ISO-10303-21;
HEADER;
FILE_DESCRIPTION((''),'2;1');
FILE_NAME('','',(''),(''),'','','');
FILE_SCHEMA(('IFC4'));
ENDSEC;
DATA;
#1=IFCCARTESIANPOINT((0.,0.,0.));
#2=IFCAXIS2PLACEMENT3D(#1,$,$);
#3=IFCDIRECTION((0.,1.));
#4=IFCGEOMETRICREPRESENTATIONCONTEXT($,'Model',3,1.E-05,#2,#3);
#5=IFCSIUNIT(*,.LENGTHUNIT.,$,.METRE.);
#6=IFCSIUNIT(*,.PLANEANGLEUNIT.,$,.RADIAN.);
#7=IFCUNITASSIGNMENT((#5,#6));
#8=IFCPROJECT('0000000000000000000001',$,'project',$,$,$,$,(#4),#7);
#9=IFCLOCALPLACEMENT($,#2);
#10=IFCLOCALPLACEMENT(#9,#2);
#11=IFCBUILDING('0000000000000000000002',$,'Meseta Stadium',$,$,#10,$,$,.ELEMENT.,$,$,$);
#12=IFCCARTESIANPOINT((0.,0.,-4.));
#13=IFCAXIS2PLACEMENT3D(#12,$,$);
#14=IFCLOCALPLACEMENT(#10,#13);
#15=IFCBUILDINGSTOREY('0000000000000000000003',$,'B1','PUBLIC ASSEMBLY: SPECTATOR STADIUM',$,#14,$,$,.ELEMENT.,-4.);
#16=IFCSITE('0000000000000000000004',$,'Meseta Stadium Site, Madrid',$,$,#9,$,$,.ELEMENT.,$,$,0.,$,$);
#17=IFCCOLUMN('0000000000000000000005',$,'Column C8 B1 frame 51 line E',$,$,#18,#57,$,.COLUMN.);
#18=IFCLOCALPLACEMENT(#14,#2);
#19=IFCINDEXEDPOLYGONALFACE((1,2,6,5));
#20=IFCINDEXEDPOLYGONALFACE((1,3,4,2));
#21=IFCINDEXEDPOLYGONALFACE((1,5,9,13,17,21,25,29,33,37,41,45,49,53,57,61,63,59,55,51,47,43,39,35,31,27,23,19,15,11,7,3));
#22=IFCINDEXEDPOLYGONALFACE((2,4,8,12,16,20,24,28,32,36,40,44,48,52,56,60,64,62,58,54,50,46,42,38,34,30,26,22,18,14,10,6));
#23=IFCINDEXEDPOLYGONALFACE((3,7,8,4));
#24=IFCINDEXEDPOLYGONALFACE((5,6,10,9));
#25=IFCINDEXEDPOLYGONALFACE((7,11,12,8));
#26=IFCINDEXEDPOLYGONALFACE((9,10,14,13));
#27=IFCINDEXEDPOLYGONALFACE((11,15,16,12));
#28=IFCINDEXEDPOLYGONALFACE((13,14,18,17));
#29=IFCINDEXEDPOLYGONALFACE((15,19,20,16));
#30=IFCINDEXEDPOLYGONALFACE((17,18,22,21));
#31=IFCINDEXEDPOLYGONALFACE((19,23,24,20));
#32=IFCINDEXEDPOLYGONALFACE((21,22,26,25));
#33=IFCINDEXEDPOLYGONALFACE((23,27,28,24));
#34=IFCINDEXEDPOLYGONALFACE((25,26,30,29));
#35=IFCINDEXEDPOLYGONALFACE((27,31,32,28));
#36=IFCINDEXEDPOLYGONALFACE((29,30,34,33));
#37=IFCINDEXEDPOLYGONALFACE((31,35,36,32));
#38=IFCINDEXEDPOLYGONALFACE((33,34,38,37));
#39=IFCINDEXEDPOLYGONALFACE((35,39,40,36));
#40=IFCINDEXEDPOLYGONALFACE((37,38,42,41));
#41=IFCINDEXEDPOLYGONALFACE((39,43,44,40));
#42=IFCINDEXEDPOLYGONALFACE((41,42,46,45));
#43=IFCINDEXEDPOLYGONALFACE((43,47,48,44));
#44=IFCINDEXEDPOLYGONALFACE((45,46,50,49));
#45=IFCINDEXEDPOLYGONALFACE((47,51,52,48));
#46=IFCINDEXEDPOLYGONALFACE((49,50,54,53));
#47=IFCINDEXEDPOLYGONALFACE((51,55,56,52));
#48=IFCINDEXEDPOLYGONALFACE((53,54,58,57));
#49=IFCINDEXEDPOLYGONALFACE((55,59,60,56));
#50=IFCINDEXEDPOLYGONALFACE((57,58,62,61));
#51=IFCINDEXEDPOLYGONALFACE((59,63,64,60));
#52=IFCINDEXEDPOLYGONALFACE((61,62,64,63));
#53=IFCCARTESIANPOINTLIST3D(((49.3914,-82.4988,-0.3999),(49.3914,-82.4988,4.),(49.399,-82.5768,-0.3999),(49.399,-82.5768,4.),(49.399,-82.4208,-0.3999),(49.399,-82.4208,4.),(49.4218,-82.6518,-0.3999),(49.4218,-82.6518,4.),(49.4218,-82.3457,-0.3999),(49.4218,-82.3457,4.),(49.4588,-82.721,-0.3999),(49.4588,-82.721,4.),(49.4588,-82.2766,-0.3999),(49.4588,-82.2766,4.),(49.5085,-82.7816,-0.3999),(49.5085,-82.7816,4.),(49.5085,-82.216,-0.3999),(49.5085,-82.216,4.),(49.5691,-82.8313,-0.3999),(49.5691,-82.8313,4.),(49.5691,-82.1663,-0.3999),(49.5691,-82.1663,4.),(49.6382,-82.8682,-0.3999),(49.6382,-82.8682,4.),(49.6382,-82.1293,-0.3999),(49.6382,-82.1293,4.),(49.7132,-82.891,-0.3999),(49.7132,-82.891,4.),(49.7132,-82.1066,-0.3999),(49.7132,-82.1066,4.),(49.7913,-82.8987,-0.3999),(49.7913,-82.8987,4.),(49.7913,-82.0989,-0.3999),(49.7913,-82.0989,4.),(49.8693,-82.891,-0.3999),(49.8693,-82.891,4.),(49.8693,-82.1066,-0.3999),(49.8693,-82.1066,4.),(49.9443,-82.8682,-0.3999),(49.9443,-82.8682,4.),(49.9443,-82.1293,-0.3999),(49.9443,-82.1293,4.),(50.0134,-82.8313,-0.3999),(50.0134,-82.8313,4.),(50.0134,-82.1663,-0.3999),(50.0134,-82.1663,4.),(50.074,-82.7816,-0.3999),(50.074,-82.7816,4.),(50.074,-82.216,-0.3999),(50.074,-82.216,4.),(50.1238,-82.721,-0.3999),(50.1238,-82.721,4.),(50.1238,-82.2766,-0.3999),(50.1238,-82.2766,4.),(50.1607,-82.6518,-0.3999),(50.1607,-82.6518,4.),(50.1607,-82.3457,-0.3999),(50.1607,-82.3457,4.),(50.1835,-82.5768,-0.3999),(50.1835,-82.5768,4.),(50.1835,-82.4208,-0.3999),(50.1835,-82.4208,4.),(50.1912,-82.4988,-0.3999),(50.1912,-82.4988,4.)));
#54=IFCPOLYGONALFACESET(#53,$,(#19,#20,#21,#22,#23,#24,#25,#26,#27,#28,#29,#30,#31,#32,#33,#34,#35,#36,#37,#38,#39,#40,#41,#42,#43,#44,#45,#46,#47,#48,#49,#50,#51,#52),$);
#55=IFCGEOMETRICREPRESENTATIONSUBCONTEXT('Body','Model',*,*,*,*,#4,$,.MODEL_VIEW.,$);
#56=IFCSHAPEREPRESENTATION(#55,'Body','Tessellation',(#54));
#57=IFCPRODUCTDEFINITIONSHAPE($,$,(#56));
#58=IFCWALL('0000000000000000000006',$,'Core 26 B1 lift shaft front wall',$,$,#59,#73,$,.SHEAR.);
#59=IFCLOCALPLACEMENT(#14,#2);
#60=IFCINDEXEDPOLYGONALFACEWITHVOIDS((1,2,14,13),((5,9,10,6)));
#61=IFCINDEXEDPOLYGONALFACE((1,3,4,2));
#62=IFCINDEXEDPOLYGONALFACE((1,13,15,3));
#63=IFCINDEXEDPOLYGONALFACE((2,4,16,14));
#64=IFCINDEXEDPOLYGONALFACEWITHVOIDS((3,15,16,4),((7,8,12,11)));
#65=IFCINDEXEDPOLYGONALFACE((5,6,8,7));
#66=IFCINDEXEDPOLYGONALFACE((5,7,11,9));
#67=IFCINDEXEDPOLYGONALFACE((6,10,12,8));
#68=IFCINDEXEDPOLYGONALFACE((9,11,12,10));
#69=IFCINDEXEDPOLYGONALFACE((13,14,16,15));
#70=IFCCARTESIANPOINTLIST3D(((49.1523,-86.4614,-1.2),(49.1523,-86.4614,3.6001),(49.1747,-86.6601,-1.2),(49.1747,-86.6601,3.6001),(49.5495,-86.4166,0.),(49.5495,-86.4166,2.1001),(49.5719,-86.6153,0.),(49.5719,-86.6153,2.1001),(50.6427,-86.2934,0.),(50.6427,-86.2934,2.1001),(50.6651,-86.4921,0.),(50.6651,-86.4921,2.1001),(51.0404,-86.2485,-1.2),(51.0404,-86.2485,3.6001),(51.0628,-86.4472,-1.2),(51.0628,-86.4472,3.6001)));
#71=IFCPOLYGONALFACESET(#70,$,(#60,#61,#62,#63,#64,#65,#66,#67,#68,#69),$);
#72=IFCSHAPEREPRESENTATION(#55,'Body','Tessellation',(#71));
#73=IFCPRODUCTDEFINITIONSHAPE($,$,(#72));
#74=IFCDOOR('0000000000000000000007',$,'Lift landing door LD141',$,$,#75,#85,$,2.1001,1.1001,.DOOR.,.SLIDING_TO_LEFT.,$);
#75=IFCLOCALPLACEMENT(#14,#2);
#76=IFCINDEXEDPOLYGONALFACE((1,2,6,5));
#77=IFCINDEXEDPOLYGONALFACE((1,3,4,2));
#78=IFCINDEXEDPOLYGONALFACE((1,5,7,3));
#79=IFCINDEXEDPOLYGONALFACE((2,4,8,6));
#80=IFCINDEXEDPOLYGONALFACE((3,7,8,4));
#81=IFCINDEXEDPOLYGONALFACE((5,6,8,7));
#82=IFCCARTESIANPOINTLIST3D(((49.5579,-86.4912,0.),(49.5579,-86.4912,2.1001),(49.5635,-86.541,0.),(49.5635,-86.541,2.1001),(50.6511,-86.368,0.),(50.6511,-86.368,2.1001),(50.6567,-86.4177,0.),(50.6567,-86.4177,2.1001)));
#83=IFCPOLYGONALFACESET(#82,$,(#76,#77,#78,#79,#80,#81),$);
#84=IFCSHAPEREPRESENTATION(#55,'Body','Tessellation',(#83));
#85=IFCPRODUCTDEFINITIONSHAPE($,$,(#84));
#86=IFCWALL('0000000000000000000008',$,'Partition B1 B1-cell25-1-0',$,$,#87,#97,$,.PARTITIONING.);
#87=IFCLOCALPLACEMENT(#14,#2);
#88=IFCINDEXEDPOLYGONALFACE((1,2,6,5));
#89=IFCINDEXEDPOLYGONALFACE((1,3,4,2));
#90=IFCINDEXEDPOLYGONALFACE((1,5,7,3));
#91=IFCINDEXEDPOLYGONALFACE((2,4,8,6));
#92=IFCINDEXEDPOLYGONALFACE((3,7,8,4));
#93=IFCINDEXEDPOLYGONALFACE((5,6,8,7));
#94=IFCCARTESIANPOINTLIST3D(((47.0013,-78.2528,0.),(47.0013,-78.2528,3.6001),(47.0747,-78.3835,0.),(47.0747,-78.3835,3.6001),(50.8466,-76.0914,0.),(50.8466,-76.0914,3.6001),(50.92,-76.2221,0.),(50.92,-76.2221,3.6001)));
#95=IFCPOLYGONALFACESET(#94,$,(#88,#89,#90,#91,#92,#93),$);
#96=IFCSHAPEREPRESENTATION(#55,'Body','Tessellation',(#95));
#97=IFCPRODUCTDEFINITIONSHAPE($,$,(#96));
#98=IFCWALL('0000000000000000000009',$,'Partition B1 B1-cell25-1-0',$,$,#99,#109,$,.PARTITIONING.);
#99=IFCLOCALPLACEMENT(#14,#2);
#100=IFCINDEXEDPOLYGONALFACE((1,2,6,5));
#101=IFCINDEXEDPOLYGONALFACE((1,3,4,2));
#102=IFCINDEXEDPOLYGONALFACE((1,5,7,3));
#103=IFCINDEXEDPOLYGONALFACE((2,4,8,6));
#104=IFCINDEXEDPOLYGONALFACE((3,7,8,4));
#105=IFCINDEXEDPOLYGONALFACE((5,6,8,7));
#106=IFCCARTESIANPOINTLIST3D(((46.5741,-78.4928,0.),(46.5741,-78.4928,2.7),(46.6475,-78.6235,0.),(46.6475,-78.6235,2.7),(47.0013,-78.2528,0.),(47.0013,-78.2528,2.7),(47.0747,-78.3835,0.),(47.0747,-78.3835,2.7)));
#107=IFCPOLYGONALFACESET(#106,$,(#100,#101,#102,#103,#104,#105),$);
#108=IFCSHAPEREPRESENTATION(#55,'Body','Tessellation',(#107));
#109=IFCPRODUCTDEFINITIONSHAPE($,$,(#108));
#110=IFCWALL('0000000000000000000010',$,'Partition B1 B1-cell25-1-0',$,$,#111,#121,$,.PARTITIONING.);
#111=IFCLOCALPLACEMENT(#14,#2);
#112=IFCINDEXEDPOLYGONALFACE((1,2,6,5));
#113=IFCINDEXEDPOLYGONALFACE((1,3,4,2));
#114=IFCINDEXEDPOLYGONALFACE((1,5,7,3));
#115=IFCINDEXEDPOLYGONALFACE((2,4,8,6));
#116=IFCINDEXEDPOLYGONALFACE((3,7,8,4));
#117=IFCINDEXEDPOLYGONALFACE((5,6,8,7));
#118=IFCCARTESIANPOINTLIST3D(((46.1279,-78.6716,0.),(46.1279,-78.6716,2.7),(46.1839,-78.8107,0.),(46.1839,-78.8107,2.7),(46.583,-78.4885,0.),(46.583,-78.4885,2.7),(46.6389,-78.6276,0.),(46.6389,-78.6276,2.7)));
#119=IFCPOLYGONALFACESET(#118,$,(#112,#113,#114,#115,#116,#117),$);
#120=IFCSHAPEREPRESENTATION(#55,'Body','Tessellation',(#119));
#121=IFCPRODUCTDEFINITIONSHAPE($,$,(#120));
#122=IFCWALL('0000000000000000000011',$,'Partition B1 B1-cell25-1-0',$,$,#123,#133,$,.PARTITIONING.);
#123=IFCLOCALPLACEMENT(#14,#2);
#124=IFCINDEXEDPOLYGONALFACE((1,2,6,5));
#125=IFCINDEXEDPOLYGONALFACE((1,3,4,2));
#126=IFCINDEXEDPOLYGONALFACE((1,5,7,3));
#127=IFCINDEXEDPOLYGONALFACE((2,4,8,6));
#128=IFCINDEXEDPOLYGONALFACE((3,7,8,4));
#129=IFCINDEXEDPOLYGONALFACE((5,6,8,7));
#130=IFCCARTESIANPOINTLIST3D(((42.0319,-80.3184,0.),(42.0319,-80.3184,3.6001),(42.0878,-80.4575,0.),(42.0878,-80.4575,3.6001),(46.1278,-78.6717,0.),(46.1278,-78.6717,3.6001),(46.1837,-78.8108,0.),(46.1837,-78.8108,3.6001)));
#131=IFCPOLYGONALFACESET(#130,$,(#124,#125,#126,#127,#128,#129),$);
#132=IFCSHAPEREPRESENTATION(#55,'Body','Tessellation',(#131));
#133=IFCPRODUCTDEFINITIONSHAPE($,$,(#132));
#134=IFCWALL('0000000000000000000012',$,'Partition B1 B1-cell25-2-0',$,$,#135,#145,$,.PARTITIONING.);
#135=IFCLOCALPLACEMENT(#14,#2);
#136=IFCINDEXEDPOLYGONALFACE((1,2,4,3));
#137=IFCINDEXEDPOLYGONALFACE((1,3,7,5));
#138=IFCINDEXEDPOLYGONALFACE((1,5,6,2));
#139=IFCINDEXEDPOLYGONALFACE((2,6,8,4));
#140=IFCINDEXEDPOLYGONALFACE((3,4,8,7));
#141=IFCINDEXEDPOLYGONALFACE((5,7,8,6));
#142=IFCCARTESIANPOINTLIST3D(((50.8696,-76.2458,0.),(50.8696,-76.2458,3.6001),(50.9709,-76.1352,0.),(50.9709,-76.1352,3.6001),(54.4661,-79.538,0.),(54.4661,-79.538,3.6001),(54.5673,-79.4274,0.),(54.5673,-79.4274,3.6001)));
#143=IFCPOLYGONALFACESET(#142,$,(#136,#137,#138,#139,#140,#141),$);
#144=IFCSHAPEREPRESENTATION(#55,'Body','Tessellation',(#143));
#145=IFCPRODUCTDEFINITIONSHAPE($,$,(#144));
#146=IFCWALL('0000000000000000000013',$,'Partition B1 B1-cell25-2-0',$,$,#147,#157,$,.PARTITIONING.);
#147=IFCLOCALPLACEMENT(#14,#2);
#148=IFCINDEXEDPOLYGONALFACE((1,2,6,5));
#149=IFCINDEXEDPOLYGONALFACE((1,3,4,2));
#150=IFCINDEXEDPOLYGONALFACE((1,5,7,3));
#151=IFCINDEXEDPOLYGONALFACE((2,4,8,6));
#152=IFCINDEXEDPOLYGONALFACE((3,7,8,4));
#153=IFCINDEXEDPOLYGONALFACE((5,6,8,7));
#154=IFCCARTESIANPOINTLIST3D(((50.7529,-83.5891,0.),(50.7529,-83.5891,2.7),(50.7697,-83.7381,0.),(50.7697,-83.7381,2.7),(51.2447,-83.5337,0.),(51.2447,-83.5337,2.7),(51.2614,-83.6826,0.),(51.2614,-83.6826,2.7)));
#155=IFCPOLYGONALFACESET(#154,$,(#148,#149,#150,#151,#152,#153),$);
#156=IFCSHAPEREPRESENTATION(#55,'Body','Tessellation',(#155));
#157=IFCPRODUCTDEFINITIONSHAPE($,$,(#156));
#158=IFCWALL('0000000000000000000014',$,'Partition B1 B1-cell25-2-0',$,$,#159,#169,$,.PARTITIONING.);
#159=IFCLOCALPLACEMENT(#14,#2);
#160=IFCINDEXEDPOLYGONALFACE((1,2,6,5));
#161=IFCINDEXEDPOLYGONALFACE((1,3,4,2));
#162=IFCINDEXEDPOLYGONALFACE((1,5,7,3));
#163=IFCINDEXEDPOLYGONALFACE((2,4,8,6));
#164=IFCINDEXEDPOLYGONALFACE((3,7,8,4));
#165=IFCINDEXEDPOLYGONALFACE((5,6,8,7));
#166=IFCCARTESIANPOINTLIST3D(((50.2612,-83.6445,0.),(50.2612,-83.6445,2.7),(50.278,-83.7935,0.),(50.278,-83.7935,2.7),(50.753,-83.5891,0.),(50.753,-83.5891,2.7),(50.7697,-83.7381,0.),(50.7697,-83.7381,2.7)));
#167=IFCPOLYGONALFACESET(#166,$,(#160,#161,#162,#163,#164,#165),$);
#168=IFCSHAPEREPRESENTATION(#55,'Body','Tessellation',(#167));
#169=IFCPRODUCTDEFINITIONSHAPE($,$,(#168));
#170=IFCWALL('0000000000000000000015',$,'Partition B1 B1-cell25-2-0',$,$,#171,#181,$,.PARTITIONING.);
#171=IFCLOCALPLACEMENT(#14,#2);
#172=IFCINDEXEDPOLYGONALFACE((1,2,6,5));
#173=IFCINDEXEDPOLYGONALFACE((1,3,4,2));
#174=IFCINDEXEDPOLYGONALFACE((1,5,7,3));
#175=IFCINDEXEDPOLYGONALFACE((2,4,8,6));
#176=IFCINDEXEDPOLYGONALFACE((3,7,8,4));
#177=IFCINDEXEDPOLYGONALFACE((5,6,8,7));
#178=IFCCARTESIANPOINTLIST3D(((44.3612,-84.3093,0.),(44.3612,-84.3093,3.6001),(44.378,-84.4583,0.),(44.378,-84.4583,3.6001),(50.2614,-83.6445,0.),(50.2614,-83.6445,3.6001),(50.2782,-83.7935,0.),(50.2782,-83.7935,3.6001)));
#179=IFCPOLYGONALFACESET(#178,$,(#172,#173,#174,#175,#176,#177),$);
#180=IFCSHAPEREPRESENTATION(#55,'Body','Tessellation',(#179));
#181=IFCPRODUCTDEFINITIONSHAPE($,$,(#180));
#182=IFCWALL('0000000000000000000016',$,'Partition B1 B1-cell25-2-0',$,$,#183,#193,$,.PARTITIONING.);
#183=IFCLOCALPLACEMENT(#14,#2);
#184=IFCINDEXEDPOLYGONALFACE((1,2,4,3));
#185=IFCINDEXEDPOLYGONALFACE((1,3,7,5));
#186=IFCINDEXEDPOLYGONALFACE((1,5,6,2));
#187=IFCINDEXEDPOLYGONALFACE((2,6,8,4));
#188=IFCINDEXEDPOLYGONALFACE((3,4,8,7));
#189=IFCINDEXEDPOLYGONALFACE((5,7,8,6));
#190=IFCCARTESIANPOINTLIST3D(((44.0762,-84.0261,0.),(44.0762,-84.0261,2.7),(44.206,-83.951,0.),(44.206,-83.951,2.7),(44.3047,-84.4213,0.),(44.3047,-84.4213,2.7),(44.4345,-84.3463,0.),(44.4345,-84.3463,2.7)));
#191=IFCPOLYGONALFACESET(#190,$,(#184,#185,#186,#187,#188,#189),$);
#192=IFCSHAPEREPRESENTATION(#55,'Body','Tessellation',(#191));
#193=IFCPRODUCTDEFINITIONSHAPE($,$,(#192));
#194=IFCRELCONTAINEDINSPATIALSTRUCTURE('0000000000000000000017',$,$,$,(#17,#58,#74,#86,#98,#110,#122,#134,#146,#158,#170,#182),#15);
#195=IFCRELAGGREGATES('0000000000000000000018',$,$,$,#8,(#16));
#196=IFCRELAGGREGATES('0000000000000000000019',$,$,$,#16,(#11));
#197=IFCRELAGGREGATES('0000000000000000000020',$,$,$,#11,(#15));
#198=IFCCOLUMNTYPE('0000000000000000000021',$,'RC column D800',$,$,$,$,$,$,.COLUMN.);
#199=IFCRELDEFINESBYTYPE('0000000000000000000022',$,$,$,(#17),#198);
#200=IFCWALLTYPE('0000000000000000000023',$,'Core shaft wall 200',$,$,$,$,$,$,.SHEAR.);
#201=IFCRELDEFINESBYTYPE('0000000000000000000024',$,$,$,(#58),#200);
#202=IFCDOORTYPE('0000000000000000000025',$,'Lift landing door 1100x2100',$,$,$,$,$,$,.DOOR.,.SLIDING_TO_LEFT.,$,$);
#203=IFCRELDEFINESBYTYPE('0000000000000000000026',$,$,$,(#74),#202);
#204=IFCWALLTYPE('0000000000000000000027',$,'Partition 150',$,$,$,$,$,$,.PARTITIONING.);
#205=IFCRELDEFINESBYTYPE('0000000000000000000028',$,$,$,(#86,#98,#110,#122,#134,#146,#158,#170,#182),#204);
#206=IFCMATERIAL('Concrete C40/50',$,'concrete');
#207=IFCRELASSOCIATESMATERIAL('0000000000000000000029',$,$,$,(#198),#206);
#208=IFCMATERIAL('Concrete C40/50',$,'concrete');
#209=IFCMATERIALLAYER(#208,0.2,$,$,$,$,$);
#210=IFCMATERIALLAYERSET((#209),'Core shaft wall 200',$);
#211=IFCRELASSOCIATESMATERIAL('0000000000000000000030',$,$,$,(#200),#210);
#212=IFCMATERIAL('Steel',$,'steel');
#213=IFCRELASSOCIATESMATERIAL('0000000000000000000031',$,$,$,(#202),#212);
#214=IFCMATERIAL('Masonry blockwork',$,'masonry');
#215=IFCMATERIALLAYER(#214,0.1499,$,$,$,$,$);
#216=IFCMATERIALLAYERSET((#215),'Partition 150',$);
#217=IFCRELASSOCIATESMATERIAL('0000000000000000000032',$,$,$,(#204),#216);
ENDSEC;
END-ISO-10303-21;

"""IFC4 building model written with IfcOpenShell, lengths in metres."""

from ifc_helpers import new_model, si_unit, direction, frame, frame_2d, origin, origin_2d, place, context, subcontext, project, spatial, rectangle, circle, extrude, material, layer, layer_set, material_profile, profile_set, type_object, element, fill, save


model = new_model("IFC4")

# Units and contexts
model_context = context("Model", 3, precision=1e-05, world=origin(), true_north=direction((0.0, 1.0)))
body_context = subcontext(model_context, "Body", "Model", "MODEL_VIEW")
ifc_project = project(units=[si_unit("LENGTHUNIT", "METRE"), si_unit("PLANEANGLEUNIT", "RADIAN")], contexts=[model_context])

# Site, building, storey
site_placement = place(None, origin())
site = spatial("IfcSite", under=ifc_project, at=site_placement, Name="Meseta Stadium Site, Madrid", CompositionType="ELEMENT", RefElevation=0.0)
building_placement = place(site_placement, origin())
building = spatial("IfcBuilding", under=site, at=building_placement, Name="Meseta Stadium", CompositionType="ELEMENT")
storey_placement = place(building_placement, frame((0.0, 0.0, -4.0)))
storey = spatial("IfcBuildingStorey", under=building, at=storey_placement, Name="B1", Description="PUBLIC ASSEMBLY: SPECTATOR STADIUM", CompositionType="ELEMENT", Elevation=-4.0)

# Column
ifc_material_1 = material(Name="Concrete C40/50", Category="concrete")
ifc_material_profile = material_profile(ifc_material_1, circle(Radius=0.3999, at=origin_2d()), Name="RC D800")
ifc_profile_set = profile_set([ifc_material_profile], Name="Concrete C40/50")
column_type = type_object("IfcColumnType", Name="RC column D800", PredefinedType="COLUMN", material=ifc_profile_set)
column_placement = place(storey_placement, frame((49.7913, -82.4988, -0.3999), z_axis=(0.0, 0.0, 1.0), x_axis=(1.0, 0.0, 0.0)))
element("IfcColumn", 1, at=column_placement, inside=storey, type_object=column_type, Name="Column C8 B1 frame 51 line E", PredefinedType="COLUMN", context=body_context, shape_type="SweptSolid", body=[
    extrude(circle(Radius=0.3999, at=origin_2d()), origin(), (0.0, 0.0, 1.0), 4.3999),
])

# Wall, opening, door
ifc_material_2 = material(Name="Concrete C40/50", Category="concrete")
ifc_layer_1 = layer(ifc_material_2, 0.2)
ifc_layer_set_1 = layer_set([ifc_layer_1], Name="Core shaft wall 200")
wall_type_1 = type_object("IfcWallType", Name="Core shaft wall 200", PredefinedType="SHEAR", material=ifc_layer_set_1)
wall_1_placement = place(storey_placement, frame((49.1633, -86.5608, -1.2), z_axis=(0.0, 0.0, 1.0), x_axis=(0.993704, 0.112039, 0.0)))
wall_1 = element("IfcWall", 2, at=wall_1_placement, inside=storey, type_object=wall_type_1, Name="Core 26 B1 lift shaft front wall", PredefinedType="SHEAR", context=body_context, shape_type="SweptSolid", body=[
    extrude(rectangle(XDim=1.9001, YDim=0.2, at=frame_2d((0.9502, 0.0))), origin(), (0.0, 0.0, 1.0), 4.8),
])
opening_placement = place(wall_1_placement, frame((0.3999, 0.0, 1.2)))
opening = element("IfcOpeningElement", 3, at=opening_placement, cuts=wall_1, PredefinedType="OPENING", context=body_context, shape_type="SweptSolid", body=[
    extrude(rectangle(XDim=1.1001, YDim=2.1001, at=frame_2d((0.55, 1.05))), frame((0.0, 0.1099, 0.0), z_axis=(0.0, -1.0, 0.0), x_axis=(1.0, 0.0, 0.0)), (0.0, 0.0, 1.0), 0.22),
])
ifc_material_3 = material(Name="Steel", Category="steel")
door_type = type_object("IfcDoorType", Name="Lift landing door 1100x2100", OperationType="SLIDING_TO_LEFT", PredefinedType="DOOR", material=ifc_material_3)
door_placement = place(opening_placement, origin())
door = element("IfcDoor", 4, at=door_placement, inside=storey, type_object=door_type, Name="Lift landing door LD141", OperationType="SLIDING_TO_LEFT", OverallHeight=2.1001, OverallWidth=1.1001, PredefinedType="DOOR", context=body_context, shape_type="SweptSolid", body=[
    extrude(rectangle(XDim=1.1001, YDim=2.1001, at=frame_2d((0.55, 1.05))), frame((0.0, 0.0249, 0.0), z_axis=(0.0, -1.0, 0.0), x_axis=(1.0, 0.0, 0.0)), (0.0, 0.0, 1.0), 0.05),
])
fill(opening, door)

# Walls
ifc_material_4 = material(Name="Masonry blockwork", Category="masonry")
ifc_layer_2 = layer(ifc_material_4, 0.1499)
ifc_layer_set_2 = layer_set([ifc_layer_2], Name="Partition 150")
wall_type_2 = type_object("IfcWallType", Name="Partition 150", PredefinedType="PARTITIONING", material=ifc_layer_set_2)
wall_2_placement = place(storey_placement, frame((50.8833, -76.1567, 0.0), z_axis=(0.0, 0.0, 1.0), x_axis=(-0.871726, -0.489993, 0.0)))
element("IfcWall", 5, at=wall_2_placement, inside=storey, type_object=wall_type_2, Name="Partition B1 B1-cell25-1-0", PredefinedType="PARTITIONING", context=body_context, shape_type="SweptSolid", body=[
    extrude(rectangle(XDim=4.4111, YDim=0.1499, at=frame_2d((2.2056, 0.0))), origin(), (0.0, 0.0, 1.0), 3.6001),
])
wall_3_placement = place(storey_placement, frame((47.0381, -78.3181, 0.0), z_axis=(0.0, 0.0, 1.0), x_axis=(-0.871868, -0.489741, 0.0)))
element("IfcWall", 6, at=wall_3_placement, inside=storey, type_object=wall_type_2, Name="Partition B1 B1-cell25-1-0", PredefinedType="PARTITIONING", context=body_context, shape_type="SweptSolid", body=[
    extrude(rectangle(XDim=0.49, YDim=0.1499, at=frame_2d((0.2451, 0.0))), origin(), (0.0, 0.0, 1.0), 2.7),
])
wall_4_placement = place(storey_placement, frame((46.6108, -78.5581, 0.0), z_axis=(0.0, 0.0, 1.0), x_axis=(-0.92772, -0.373278, 0.0)))
element("IfcWall", 7, at=wall_4_placement, inside=storey, type_object=wall_type_2, Name="Partition B1 B1-cell25-1-0", PredefinedType="PARTITIONING", context=body_context, shape_type="SweptSolid", body=[
    extrude(rectangle(XDim=0.4905, YDim=0.1499, at=frame_2d((0.2451, 0.0))), origin(), (0.0, 0.0, 1.0), 2.7),
])
wall_5_placement = place(storey_placement, frame((46.1558, -78.7412, 0.0), z_axis=(0.0, 0.0, 1.0), x_axis=(-0.927823, -0.373021, 0.0)))
element("IfcWall", 8, at=wall_5_placement, inside=storey, type_object=wall_type_2, Name="Partition B1 B1-cell25-1-0", PredefinedType="PARTITIONING", context=body_context, shape_type="SweptSolid", body=[
    extrude(rectangle(XDim=4.4146, YDim=0.1499, at=frame_2d((2.2073, 0.0))), origin(), (0.0, 0.0, 1.0), 3.6001),
])
wall_6_placement = place(storey_placement, frame((50.9202, -76.1904, 0.0), z_axis=(0.0, 0.0, 1.0), x_axis=(0.737613, -0.675223, 0.0)))
element("IfcWall", 9, at=wall_6_placement, inside=storey, type_object=wall_type_2, Name="Partition B1 B1-cell25-2-0", PredefinedType="PARTITIONING", context=body_context, shape_type="SweptSolid", body=[
    extrude(rectangle(XDim=4.8757, YDim=0.1499, at=frame_2d((2.438, 0.0))), origin(), (0.0, 0.0, 1.0), 3.6001),
])
for number, where, z_axis, x_axis, name in (
    (10, (51.2532, -83.6082, 0.0), (0.0, 0.0, 1.0), (-0.993708, -0.112002, 0.0), "Partition B1 B1-cell25-2-0"),
    (11, (50.7615, -83.6636, 0.0), (0.0, 0.0, 1.0), (-0.993708, -0.112002, 0.0), "Partition B1 B1-cell25-2-0"),
):
    element("IfcWall", number, at=place(storey_placement, frame(where, z_axis=z_axis, x_axis=x_axis)), inside=storey, type_object=wall_type_2, Name=name, PredefinedType="PARTITIONING", context=body_context, shape_type="SweptSolid", body=[
        extrude(rectangle(XDim=0.4949, YDim=0.1499, at=frame_2d((0.2476, 0.0))), origin(), (0.0, 0.0, 1.0), 2.7),
    ])
wall_7_placement = place(storey_placement, frame((50.2698, -83.719, 0.0), z_axis=(0.0, 0.0, 1.0), x_axis=(-0.993712, -0.111966, 0.0)))
element("IfcWall", 12, at=wall_7_placement, inside=storey, type_object=wall_type_2, Name="Partition B1 B1-cell25-2-0", PredefinedType="PARTITIONING", context=body_context, shape_type="SweptSolid", body=[
    extrude(rectangle(XDim=5.9375, YDim=0.1499, at=frame_2d((2.9688, 0.0))), origin(), (0.0, 0.0, 1.0), 3.6001),
])
wall_8_placement = place(storey_placement, frame((44.3696, -84.3838, 0.0), z_axis=(0.0, 0.0, 1.0), x_axis=(-0.500509, 0.865731, 0.0)))
element("IfcWall", 13, at=wall_8_placement, inside=storey, type_object=wall_type_2, Name="Partition B1 B1-cell25-2-0", PredefinedType="PARTITIONING", context=body_context, shape_type="SweptSolid", body=[
    extrude(rectangle(XDim=0.4565, YDim=0.1499, at=frame_2d((0.2283, 0.0))), origin(), (0.0, 0.0, 1.0), 2.7),
])

save(model, "model.ifc")
